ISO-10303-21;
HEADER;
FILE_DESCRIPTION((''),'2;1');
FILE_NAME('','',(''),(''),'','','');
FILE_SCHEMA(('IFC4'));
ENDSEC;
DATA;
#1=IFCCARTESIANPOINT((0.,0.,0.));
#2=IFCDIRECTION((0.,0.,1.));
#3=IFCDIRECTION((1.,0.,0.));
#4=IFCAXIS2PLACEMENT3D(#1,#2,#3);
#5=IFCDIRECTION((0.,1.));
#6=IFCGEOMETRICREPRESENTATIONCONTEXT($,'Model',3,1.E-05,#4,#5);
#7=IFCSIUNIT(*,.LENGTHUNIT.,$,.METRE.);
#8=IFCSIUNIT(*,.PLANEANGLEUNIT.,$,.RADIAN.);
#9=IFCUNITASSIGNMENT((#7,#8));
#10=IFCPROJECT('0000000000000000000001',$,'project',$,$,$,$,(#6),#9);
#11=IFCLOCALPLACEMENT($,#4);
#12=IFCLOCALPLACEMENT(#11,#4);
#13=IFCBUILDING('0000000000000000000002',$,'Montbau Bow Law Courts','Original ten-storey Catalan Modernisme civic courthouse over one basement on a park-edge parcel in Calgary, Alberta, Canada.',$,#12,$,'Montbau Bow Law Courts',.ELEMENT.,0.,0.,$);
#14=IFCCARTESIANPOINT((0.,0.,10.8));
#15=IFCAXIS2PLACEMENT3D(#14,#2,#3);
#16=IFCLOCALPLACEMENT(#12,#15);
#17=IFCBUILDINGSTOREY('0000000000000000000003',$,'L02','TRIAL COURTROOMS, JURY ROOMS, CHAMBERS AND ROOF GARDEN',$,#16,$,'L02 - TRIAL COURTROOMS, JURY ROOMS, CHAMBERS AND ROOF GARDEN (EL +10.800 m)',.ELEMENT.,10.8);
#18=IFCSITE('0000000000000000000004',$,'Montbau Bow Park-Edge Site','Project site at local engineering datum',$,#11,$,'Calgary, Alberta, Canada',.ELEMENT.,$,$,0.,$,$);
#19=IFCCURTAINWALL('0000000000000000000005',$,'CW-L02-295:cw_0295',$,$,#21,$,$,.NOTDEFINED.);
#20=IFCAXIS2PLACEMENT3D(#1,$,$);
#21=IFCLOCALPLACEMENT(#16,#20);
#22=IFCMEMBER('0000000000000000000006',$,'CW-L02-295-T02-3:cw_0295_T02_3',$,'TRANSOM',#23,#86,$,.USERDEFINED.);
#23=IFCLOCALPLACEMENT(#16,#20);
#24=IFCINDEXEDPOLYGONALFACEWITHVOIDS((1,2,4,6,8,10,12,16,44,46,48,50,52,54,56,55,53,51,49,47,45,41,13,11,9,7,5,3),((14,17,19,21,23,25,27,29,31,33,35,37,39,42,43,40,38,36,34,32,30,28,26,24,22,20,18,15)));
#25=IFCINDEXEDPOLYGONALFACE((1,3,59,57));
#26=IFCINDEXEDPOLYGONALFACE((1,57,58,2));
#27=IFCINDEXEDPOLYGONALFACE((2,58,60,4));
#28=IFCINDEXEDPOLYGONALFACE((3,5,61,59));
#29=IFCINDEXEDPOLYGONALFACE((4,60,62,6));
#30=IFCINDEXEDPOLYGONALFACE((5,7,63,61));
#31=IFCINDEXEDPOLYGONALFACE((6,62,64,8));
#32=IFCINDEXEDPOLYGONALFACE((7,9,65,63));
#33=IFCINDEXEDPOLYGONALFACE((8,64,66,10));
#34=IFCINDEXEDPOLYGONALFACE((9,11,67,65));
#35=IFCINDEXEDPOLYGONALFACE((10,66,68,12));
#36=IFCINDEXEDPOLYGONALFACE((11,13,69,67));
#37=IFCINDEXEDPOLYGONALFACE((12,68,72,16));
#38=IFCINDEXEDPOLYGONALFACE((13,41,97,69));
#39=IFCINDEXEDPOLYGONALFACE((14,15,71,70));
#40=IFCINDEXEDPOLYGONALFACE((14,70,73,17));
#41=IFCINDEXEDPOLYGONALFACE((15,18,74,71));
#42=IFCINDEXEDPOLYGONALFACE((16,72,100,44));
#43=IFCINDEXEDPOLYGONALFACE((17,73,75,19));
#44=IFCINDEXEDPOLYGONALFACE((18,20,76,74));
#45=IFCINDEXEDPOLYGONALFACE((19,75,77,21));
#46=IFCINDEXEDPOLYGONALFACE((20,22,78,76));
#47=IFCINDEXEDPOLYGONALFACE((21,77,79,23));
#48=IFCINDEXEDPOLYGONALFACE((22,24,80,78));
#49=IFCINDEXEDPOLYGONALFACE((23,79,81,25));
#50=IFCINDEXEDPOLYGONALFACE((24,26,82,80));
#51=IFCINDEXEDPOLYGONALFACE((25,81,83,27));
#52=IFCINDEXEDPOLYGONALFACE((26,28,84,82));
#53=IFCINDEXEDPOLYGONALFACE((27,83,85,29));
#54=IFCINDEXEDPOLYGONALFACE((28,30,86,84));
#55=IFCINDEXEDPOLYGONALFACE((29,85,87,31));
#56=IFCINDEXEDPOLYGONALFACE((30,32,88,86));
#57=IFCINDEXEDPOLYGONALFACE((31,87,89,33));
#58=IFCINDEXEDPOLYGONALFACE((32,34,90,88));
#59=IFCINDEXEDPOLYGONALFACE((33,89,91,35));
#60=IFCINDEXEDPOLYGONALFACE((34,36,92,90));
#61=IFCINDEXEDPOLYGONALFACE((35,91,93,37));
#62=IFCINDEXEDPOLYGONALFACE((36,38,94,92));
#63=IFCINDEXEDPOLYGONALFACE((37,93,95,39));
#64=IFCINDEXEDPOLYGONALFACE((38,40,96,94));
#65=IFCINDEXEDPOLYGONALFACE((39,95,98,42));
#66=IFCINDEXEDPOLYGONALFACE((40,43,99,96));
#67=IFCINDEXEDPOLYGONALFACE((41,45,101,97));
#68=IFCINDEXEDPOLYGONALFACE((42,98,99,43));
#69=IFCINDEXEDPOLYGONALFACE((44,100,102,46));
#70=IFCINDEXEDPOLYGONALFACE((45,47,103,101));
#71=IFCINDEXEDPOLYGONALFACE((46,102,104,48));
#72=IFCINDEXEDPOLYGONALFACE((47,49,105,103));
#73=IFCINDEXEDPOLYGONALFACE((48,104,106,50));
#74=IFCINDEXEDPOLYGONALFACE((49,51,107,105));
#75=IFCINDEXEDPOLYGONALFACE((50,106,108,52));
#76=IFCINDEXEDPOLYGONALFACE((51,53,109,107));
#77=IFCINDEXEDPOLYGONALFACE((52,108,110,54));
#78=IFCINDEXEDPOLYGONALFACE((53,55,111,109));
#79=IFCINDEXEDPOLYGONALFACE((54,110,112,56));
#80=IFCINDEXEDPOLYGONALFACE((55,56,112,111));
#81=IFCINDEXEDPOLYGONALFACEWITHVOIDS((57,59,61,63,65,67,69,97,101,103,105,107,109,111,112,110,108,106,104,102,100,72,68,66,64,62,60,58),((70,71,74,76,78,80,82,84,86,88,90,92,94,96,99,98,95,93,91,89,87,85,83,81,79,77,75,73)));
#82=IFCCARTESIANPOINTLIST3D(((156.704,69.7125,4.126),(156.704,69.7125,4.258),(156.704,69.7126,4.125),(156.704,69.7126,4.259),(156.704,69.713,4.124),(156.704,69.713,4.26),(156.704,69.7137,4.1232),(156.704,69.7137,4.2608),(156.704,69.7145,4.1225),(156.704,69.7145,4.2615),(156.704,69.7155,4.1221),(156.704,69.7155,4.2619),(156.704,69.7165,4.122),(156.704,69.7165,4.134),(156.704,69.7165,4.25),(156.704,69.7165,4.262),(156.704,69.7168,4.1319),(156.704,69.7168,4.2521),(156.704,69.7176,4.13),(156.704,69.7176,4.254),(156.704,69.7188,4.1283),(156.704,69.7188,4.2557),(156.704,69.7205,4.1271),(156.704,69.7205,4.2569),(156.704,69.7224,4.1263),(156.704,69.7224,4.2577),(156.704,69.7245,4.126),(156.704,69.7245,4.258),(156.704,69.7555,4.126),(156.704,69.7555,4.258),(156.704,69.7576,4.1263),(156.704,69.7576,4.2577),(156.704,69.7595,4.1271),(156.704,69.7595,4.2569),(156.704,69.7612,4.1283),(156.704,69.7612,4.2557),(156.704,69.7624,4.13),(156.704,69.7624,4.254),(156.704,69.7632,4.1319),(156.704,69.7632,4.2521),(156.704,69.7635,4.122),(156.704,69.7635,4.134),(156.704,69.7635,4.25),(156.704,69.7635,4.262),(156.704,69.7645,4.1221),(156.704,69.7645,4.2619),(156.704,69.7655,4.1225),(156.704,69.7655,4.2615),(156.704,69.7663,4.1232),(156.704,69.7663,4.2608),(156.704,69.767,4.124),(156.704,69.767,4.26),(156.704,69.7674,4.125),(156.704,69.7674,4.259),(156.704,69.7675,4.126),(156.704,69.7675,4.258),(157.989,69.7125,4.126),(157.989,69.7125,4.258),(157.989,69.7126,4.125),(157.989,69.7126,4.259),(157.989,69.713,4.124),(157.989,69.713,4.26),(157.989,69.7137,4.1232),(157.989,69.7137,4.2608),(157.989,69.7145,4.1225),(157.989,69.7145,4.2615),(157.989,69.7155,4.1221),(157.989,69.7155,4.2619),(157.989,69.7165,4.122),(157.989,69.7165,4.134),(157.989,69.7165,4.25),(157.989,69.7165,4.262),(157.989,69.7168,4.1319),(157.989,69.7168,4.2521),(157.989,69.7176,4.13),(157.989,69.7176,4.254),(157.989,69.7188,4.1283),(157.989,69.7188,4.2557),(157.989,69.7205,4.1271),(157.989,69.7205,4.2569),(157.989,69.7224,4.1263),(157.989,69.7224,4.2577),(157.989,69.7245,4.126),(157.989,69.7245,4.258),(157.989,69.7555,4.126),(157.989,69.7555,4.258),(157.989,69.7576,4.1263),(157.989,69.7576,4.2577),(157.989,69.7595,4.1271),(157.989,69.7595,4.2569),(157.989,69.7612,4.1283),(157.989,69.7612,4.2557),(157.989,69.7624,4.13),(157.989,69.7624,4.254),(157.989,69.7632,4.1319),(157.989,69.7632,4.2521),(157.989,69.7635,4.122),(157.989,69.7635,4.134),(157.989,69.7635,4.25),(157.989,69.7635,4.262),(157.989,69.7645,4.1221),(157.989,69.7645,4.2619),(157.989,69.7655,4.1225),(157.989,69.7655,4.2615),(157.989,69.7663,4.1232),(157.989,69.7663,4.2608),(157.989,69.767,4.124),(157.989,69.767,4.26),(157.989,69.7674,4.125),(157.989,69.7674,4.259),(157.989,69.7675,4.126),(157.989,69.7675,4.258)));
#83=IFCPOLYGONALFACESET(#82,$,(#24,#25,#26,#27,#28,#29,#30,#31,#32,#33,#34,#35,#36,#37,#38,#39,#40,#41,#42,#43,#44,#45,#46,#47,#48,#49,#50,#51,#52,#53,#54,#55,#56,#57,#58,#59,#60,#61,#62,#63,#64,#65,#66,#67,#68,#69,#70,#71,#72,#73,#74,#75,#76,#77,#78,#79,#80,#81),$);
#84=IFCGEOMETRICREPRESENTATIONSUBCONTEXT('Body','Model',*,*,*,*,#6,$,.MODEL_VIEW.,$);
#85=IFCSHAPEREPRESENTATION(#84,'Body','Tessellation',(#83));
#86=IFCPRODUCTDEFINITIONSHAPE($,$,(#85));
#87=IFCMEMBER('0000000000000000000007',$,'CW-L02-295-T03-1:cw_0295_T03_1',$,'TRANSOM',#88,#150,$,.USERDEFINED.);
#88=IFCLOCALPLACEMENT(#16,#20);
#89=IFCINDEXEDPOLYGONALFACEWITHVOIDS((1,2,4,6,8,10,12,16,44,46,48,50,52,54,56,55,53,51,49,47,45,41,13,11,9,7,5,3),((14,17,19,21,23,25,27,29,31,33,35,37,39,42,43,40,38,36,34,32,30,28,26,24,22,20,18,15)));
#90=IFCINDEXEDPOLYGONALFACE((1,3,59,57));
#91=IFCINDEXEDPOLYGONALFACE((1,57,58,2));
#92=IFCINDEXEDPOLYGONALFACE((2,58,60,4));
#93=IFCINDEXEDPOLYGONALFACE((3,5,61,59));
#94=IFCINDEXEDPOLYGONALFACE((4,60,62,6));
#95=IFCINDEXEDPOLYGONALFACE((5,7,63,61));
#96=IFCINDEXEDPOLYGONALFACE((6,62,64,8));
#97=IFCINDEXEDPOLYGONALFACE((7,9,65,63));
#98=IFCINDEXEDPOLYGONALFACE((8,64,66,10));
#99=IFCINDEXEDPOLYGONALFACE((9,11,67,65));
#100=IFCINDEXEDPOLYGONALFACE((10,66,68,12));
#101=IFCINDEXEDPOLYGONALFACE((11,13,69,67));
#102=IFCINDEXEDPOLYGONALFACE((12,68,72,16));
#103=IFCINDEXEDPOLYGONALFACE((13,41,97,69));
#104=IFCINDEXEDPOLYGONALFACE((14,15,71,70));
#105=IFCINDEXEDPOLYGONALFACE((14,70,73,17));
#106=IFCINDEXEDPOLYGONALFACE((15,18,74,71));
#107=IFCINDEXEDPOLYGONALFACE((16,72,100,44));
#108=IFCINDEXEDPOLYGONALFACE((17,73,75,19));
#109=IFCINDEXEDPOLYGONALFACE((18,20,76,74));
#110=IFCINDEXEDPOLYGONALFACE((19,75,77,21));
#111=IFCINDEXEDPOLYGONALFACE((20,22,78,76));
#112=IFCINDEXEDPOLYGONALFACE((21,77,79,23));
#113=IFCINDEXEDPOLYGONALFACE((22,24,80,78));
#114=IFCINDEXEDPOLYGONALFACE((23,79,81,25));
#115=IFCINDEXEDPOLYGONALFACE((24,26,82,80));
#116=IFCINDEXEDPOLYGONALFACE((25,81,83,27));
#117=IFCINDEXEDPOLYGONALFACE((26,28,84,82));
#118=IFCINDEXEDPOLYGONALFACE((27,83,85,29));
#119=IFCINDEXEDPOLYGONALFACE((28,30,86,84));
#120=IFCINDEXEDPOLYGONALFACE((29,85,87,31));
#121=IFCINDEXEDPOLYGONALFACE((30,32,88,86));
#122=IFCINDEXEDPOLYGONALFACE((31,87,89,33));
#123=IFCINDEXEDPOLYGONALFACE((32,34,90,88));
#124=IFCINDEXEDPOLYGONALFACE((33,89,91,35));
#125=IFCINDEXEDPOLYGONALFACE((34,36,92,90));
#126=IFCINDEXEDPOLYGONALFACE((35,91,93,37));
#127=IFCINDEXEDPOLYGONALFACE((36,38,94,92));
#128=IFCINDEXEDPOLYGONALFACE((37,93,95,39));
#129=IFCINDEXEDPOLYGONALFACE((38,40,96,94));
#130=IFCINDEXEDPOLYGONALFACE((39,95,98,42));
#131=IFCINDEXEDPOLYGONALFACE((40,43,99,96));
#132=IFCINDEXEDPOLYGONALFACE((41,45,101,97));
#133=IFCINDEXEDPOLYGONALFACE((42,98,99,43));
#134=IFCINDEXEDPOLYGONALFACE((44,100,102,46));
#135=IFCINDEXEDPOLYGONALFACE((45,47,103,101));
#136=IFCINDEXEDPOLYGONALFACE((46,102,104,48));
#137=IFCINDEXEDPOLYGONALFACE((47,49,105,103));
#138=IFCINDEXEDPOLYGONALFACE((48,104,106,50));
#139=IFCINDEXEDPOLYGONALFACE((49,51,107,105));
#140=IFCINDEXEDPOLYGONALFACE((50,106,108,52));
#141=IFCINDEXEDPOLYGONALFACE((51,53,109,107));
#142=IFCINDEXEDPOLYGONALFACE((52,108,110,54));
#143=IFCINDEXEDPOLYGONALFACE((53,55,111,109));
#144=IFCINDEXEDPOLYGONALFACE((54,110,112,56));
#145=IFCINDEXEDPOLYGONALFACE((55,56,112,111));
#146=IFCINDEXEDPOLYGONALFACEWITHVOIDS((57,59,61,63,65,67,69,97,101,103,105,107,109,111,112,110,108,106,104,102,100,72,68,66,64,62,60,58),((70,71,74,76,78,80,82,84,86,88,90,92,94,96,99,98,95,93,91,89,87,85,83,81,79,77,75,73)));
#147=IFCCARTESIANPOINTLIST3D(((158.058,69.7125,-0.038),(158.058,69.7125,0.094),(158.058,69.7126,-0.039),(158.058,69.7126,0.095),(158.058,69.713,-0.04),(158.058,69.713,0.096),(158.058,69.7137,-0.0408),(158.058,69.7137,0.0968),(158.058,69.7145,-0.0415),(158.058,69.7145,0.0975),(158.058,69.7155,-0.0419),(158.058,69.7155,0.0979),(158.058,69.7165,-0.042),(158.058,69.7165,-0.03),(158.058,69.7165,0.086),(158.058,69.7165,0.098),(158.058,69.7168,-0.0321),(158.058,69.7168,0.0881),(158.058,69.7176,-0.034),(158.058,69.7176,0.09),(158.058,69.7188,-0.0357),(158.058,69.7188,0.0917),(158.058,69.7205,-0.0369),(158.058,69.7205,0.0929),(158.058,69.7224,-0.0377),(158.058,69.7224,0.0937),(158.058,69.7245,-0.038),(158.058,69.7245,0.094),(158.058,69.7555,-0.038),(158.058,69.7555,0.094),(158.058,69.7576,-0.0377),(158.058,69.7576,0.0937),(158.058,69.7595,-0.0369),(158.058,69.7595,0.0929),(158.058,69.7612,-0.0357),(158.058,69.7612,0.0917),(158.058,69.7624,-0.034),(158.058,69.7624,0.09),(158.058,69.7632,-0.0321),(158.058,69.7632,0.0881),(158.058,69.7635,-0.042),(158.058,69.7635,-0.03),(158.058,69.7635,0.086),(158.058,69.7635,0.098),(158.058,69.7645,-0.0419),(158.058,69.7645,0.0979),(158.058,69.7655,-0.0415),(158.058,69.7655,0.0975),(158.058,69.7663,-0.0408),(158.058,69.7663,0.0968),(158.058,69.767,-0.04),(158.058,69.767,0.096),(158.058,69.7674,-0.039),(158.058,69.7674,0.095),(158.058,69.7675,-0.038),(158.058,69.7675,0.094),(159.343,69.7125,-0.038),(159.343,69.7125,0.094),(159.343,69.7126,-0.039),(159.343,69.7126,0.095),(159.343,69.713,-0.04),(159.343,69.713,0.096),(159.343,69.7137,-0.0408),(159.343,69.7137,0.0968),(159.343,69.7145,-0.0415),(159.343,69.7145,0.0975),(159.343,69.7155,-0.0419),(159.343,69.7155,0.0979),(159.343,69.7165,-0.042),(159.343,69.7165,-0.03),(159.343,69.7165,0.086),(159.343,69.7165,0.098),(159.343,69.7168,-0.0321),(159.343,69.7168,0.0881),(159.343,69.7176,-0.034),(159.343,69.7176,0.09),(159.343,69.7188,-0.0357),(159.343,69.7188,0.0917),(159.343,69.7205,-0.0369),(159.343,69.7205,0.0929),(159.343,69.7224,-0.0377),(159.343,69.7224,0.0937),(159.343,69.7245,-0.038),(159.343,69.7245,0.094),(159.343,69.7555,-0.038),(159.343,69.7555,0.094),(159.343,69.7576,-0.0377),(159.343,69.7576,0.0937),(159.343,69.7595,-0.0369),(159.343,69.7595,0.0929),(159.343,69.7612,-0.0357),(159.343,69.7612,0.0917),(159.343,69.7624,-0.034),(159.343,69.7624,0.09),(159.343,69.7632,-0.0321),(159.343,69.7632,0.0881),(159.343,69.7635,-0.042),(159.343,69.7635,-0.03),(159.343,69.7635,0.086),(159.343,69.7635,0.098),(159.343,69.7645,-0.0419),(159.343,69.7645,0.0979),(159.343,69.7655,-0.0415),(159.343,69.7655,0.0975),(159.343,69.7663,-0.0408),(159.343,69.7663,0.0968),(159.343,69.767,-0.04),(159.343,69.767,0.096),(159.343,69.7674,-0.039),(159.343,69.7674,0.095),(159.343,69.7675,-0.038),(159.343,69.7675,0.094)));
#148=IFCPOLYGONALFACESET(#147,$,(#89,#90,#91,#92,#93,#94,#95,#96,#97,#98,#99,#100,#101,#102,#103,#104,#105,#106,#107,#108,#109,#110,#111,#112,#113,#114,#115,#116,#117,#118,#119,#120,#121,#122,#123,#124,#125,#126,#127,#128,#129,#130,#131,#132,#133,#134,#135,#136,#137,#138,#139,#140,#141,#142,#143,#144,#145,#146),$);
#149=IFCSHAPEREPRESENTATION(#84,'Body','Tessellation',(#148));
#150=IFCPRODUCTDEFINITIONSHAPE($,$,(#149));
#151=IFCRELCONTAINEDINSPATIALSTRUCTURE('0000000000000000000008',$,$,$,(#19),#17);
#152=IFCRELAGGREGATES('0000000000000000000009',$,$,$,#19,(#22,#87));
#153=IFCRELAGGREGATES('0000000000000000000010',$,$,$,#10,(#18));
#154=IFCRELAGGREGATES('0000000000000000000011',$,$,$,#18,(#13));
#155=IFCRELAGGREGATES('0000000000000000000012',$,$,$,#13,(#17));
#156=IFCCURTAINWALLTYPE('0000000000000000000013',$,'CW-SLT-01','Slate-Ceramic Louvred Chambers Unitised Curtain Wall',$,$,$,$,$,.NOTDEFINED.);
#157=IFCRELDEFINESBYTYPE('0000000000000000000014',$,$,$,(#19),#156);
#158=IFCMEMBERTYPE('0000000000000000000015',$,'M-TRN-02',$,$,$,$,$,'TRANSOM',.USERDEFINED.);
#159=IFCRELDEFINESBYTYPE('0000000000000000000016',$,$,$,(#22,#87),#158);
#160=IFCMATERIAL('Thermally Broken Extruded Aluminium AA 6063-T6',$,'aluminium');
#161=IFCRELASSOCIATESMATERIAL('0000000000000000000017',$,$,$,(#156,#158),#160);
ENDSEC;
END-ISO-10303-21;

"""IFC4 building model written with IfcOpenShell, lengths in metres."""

from ifc_helpers import new_model, si_unit, direction, frame, origin_with_axes, origin_2d_with_axis, place, context, subcontext, project, spatial, hollow_rectangle, extrude, material, material_profile, profile_set, type_object, element, aggregate, save


model = new_model("IFC4")

# Units and contexts
model_context = context("Model", 3, precision=1e-05, world=origin_with_axes(), true_north=direction((0.0, 1.0)))
body_context = subcontext(model_context, "Body", "Model", "MODEL_VIEW")
ifc_project = project(units=[si_unit("LENGTHUNIT", "METRE"), si_unit("PLANEANGLEUNIT", "RADIAN")], contexts=[model_context])

# Site, building, storey
site_placement = place(None, origin_with_axes())
site = spatial("IfcSite", under=ifc_project, at=site_placement, Name="Montbau Bow Park-Edge Site", Description="Project site at local engineering datum", LongName="Calgary, Alberta, Canada", CompositionType="ELEMENT", RefElevation=0.0)
building_placement = place(site_placement, origin_with_axes())
building = spatial("IfcBuilding", under=site, at=building_placement, Name="Montbau Bow Law Courts", Description="Original ten-storey Catalan Modernisme civic courthouse over one basement on a park-edge parcel in Calgary, Alberta, Canada.", LongName="Montbau Bow Law Courts", CompositionType="ELEMENT", ElevationOfRefHeight=0.0, ElevationOfTerrain=0.0)
storey_placement = place(building_placement, frame((0.0, 0.0, 10.8), z_axis=(0.0, 0.0, 1.0), x_axis=(1.0, 0.0, 0.0)))
storey = spatial("IfcBuildingStorey", under=building, at=storey_placement, Name="L02", Description="TRIAL COURTROOMS, JURY ROOMS, CHAMBERS AND ROOF GARDEN", LongName="L02 - TRIAL COURTROOMS, JURY ROOMS, CHAMBERS AND ROOF GARDEN (EL +10.800 m)", CompositionType="ELEMENT", Elevation=10.8)

# Shared definitions
ifc_material_1 = material(Name="Thermally Broken Extruded Aluminium AA 6063-T6", Category="aluminium")
curtain_wall_type = type_object("IfcCurtainWallType", Name="CW-SLT-01", Description="Slate-Ceramic Louvred Chambers Unitised Curtain Wall", PredefinedType="NOTDEFINED", material=ifc_material_1)

# Curtain wall, members
curtain_wall_1_placement = place(None, frame((155.315, 69.74, 10.8), z_axis=(0.0, 0.0, 1.0), x_axis=(1.0, 0.0, 0.0)))
curtain_wall_1 = element("IfcCurtainWall", 1, at=curtain_wall_1_placement, inside=storey, type_object=curtain_wall_type, Name="CW-L02-295:cw_0295", PredefinedType="NOTDEFINED")
ifc_material_profile_1 = material_profile(ifc_material_1, hollow_rectangle(XDim=0.055, YDim=0.14, WallThickness=0.004, InnerFilletRadius=0.008, OuterFilletRadius=0.004, at=origin_2d_with_axis()), Name="CWT-140X55", Category="Main", Priority=0)
ifc_profile_set_1 = profile_set([ifc_material_profile_1], Name="Thermally Broken Extruded Aluminium AA 6063-T6")
member_type_1 = type_object("IfcMemberType", Name="M-TRN-02", ElementType="TRANSOM", PredefinedType="USERDEFINED", material=ifc_profile_set_1)
member_1_placement = place(None, frame((156.704, 69.74, 14.992), z_axis=(1.0, 0.0, 0.0), x_axis=(0.0, 1.0, 0.0)))
member_1 = element("IfcMember", 2, at=member_1_placement, type_object=member_type_1, Name="CW-L02-295-T02-3:cw_0295_T02_3", ObjectType="TRANSOM", PredefinedType="USERDEFINED", context=body_context, shape_type="SweptSolid", body=[
    extrude(hollow_rectangle(XDim=0.055, YDim=0.14, WallThickness=0.004, InnerFilletRadius=0.008, OuterFilletRadius=0.004, at=origin_2d_with_axis()), origin_with_axes(), (0.0, 0.0, 1.0), 1.285),
])
member_2_placement = place(None, frame((158.058, 69.74, 10.828), z_axis=(1.0, 0.0, 0.0), x_axis=(0.0, 1.0, 0.0)))
member_2 = element("IfcMember", 3, at=member_2_placement, type_object=member_type_1, Name="CW-L02-295-T03-1:cw_0295_T03_1", ObjectType="TRANSOM", PredefinedType="USERDEFINED", context=body_context, shape_type="SweptSolid", body=[
    extrude(hollow_rectangle(XDim=0.055, YDim=0.14, WallThickness=0.004, InnerFilletRadius=0.008, OuterFilletRadius=0.004, at=origin_2d_with_axis()), origin_with_axes(), (0.0, 0.0, 1.0), 1.285),
])
aggregate(curtain_wall_1, [member_1, member_2])

save(model, "model.ifc")
